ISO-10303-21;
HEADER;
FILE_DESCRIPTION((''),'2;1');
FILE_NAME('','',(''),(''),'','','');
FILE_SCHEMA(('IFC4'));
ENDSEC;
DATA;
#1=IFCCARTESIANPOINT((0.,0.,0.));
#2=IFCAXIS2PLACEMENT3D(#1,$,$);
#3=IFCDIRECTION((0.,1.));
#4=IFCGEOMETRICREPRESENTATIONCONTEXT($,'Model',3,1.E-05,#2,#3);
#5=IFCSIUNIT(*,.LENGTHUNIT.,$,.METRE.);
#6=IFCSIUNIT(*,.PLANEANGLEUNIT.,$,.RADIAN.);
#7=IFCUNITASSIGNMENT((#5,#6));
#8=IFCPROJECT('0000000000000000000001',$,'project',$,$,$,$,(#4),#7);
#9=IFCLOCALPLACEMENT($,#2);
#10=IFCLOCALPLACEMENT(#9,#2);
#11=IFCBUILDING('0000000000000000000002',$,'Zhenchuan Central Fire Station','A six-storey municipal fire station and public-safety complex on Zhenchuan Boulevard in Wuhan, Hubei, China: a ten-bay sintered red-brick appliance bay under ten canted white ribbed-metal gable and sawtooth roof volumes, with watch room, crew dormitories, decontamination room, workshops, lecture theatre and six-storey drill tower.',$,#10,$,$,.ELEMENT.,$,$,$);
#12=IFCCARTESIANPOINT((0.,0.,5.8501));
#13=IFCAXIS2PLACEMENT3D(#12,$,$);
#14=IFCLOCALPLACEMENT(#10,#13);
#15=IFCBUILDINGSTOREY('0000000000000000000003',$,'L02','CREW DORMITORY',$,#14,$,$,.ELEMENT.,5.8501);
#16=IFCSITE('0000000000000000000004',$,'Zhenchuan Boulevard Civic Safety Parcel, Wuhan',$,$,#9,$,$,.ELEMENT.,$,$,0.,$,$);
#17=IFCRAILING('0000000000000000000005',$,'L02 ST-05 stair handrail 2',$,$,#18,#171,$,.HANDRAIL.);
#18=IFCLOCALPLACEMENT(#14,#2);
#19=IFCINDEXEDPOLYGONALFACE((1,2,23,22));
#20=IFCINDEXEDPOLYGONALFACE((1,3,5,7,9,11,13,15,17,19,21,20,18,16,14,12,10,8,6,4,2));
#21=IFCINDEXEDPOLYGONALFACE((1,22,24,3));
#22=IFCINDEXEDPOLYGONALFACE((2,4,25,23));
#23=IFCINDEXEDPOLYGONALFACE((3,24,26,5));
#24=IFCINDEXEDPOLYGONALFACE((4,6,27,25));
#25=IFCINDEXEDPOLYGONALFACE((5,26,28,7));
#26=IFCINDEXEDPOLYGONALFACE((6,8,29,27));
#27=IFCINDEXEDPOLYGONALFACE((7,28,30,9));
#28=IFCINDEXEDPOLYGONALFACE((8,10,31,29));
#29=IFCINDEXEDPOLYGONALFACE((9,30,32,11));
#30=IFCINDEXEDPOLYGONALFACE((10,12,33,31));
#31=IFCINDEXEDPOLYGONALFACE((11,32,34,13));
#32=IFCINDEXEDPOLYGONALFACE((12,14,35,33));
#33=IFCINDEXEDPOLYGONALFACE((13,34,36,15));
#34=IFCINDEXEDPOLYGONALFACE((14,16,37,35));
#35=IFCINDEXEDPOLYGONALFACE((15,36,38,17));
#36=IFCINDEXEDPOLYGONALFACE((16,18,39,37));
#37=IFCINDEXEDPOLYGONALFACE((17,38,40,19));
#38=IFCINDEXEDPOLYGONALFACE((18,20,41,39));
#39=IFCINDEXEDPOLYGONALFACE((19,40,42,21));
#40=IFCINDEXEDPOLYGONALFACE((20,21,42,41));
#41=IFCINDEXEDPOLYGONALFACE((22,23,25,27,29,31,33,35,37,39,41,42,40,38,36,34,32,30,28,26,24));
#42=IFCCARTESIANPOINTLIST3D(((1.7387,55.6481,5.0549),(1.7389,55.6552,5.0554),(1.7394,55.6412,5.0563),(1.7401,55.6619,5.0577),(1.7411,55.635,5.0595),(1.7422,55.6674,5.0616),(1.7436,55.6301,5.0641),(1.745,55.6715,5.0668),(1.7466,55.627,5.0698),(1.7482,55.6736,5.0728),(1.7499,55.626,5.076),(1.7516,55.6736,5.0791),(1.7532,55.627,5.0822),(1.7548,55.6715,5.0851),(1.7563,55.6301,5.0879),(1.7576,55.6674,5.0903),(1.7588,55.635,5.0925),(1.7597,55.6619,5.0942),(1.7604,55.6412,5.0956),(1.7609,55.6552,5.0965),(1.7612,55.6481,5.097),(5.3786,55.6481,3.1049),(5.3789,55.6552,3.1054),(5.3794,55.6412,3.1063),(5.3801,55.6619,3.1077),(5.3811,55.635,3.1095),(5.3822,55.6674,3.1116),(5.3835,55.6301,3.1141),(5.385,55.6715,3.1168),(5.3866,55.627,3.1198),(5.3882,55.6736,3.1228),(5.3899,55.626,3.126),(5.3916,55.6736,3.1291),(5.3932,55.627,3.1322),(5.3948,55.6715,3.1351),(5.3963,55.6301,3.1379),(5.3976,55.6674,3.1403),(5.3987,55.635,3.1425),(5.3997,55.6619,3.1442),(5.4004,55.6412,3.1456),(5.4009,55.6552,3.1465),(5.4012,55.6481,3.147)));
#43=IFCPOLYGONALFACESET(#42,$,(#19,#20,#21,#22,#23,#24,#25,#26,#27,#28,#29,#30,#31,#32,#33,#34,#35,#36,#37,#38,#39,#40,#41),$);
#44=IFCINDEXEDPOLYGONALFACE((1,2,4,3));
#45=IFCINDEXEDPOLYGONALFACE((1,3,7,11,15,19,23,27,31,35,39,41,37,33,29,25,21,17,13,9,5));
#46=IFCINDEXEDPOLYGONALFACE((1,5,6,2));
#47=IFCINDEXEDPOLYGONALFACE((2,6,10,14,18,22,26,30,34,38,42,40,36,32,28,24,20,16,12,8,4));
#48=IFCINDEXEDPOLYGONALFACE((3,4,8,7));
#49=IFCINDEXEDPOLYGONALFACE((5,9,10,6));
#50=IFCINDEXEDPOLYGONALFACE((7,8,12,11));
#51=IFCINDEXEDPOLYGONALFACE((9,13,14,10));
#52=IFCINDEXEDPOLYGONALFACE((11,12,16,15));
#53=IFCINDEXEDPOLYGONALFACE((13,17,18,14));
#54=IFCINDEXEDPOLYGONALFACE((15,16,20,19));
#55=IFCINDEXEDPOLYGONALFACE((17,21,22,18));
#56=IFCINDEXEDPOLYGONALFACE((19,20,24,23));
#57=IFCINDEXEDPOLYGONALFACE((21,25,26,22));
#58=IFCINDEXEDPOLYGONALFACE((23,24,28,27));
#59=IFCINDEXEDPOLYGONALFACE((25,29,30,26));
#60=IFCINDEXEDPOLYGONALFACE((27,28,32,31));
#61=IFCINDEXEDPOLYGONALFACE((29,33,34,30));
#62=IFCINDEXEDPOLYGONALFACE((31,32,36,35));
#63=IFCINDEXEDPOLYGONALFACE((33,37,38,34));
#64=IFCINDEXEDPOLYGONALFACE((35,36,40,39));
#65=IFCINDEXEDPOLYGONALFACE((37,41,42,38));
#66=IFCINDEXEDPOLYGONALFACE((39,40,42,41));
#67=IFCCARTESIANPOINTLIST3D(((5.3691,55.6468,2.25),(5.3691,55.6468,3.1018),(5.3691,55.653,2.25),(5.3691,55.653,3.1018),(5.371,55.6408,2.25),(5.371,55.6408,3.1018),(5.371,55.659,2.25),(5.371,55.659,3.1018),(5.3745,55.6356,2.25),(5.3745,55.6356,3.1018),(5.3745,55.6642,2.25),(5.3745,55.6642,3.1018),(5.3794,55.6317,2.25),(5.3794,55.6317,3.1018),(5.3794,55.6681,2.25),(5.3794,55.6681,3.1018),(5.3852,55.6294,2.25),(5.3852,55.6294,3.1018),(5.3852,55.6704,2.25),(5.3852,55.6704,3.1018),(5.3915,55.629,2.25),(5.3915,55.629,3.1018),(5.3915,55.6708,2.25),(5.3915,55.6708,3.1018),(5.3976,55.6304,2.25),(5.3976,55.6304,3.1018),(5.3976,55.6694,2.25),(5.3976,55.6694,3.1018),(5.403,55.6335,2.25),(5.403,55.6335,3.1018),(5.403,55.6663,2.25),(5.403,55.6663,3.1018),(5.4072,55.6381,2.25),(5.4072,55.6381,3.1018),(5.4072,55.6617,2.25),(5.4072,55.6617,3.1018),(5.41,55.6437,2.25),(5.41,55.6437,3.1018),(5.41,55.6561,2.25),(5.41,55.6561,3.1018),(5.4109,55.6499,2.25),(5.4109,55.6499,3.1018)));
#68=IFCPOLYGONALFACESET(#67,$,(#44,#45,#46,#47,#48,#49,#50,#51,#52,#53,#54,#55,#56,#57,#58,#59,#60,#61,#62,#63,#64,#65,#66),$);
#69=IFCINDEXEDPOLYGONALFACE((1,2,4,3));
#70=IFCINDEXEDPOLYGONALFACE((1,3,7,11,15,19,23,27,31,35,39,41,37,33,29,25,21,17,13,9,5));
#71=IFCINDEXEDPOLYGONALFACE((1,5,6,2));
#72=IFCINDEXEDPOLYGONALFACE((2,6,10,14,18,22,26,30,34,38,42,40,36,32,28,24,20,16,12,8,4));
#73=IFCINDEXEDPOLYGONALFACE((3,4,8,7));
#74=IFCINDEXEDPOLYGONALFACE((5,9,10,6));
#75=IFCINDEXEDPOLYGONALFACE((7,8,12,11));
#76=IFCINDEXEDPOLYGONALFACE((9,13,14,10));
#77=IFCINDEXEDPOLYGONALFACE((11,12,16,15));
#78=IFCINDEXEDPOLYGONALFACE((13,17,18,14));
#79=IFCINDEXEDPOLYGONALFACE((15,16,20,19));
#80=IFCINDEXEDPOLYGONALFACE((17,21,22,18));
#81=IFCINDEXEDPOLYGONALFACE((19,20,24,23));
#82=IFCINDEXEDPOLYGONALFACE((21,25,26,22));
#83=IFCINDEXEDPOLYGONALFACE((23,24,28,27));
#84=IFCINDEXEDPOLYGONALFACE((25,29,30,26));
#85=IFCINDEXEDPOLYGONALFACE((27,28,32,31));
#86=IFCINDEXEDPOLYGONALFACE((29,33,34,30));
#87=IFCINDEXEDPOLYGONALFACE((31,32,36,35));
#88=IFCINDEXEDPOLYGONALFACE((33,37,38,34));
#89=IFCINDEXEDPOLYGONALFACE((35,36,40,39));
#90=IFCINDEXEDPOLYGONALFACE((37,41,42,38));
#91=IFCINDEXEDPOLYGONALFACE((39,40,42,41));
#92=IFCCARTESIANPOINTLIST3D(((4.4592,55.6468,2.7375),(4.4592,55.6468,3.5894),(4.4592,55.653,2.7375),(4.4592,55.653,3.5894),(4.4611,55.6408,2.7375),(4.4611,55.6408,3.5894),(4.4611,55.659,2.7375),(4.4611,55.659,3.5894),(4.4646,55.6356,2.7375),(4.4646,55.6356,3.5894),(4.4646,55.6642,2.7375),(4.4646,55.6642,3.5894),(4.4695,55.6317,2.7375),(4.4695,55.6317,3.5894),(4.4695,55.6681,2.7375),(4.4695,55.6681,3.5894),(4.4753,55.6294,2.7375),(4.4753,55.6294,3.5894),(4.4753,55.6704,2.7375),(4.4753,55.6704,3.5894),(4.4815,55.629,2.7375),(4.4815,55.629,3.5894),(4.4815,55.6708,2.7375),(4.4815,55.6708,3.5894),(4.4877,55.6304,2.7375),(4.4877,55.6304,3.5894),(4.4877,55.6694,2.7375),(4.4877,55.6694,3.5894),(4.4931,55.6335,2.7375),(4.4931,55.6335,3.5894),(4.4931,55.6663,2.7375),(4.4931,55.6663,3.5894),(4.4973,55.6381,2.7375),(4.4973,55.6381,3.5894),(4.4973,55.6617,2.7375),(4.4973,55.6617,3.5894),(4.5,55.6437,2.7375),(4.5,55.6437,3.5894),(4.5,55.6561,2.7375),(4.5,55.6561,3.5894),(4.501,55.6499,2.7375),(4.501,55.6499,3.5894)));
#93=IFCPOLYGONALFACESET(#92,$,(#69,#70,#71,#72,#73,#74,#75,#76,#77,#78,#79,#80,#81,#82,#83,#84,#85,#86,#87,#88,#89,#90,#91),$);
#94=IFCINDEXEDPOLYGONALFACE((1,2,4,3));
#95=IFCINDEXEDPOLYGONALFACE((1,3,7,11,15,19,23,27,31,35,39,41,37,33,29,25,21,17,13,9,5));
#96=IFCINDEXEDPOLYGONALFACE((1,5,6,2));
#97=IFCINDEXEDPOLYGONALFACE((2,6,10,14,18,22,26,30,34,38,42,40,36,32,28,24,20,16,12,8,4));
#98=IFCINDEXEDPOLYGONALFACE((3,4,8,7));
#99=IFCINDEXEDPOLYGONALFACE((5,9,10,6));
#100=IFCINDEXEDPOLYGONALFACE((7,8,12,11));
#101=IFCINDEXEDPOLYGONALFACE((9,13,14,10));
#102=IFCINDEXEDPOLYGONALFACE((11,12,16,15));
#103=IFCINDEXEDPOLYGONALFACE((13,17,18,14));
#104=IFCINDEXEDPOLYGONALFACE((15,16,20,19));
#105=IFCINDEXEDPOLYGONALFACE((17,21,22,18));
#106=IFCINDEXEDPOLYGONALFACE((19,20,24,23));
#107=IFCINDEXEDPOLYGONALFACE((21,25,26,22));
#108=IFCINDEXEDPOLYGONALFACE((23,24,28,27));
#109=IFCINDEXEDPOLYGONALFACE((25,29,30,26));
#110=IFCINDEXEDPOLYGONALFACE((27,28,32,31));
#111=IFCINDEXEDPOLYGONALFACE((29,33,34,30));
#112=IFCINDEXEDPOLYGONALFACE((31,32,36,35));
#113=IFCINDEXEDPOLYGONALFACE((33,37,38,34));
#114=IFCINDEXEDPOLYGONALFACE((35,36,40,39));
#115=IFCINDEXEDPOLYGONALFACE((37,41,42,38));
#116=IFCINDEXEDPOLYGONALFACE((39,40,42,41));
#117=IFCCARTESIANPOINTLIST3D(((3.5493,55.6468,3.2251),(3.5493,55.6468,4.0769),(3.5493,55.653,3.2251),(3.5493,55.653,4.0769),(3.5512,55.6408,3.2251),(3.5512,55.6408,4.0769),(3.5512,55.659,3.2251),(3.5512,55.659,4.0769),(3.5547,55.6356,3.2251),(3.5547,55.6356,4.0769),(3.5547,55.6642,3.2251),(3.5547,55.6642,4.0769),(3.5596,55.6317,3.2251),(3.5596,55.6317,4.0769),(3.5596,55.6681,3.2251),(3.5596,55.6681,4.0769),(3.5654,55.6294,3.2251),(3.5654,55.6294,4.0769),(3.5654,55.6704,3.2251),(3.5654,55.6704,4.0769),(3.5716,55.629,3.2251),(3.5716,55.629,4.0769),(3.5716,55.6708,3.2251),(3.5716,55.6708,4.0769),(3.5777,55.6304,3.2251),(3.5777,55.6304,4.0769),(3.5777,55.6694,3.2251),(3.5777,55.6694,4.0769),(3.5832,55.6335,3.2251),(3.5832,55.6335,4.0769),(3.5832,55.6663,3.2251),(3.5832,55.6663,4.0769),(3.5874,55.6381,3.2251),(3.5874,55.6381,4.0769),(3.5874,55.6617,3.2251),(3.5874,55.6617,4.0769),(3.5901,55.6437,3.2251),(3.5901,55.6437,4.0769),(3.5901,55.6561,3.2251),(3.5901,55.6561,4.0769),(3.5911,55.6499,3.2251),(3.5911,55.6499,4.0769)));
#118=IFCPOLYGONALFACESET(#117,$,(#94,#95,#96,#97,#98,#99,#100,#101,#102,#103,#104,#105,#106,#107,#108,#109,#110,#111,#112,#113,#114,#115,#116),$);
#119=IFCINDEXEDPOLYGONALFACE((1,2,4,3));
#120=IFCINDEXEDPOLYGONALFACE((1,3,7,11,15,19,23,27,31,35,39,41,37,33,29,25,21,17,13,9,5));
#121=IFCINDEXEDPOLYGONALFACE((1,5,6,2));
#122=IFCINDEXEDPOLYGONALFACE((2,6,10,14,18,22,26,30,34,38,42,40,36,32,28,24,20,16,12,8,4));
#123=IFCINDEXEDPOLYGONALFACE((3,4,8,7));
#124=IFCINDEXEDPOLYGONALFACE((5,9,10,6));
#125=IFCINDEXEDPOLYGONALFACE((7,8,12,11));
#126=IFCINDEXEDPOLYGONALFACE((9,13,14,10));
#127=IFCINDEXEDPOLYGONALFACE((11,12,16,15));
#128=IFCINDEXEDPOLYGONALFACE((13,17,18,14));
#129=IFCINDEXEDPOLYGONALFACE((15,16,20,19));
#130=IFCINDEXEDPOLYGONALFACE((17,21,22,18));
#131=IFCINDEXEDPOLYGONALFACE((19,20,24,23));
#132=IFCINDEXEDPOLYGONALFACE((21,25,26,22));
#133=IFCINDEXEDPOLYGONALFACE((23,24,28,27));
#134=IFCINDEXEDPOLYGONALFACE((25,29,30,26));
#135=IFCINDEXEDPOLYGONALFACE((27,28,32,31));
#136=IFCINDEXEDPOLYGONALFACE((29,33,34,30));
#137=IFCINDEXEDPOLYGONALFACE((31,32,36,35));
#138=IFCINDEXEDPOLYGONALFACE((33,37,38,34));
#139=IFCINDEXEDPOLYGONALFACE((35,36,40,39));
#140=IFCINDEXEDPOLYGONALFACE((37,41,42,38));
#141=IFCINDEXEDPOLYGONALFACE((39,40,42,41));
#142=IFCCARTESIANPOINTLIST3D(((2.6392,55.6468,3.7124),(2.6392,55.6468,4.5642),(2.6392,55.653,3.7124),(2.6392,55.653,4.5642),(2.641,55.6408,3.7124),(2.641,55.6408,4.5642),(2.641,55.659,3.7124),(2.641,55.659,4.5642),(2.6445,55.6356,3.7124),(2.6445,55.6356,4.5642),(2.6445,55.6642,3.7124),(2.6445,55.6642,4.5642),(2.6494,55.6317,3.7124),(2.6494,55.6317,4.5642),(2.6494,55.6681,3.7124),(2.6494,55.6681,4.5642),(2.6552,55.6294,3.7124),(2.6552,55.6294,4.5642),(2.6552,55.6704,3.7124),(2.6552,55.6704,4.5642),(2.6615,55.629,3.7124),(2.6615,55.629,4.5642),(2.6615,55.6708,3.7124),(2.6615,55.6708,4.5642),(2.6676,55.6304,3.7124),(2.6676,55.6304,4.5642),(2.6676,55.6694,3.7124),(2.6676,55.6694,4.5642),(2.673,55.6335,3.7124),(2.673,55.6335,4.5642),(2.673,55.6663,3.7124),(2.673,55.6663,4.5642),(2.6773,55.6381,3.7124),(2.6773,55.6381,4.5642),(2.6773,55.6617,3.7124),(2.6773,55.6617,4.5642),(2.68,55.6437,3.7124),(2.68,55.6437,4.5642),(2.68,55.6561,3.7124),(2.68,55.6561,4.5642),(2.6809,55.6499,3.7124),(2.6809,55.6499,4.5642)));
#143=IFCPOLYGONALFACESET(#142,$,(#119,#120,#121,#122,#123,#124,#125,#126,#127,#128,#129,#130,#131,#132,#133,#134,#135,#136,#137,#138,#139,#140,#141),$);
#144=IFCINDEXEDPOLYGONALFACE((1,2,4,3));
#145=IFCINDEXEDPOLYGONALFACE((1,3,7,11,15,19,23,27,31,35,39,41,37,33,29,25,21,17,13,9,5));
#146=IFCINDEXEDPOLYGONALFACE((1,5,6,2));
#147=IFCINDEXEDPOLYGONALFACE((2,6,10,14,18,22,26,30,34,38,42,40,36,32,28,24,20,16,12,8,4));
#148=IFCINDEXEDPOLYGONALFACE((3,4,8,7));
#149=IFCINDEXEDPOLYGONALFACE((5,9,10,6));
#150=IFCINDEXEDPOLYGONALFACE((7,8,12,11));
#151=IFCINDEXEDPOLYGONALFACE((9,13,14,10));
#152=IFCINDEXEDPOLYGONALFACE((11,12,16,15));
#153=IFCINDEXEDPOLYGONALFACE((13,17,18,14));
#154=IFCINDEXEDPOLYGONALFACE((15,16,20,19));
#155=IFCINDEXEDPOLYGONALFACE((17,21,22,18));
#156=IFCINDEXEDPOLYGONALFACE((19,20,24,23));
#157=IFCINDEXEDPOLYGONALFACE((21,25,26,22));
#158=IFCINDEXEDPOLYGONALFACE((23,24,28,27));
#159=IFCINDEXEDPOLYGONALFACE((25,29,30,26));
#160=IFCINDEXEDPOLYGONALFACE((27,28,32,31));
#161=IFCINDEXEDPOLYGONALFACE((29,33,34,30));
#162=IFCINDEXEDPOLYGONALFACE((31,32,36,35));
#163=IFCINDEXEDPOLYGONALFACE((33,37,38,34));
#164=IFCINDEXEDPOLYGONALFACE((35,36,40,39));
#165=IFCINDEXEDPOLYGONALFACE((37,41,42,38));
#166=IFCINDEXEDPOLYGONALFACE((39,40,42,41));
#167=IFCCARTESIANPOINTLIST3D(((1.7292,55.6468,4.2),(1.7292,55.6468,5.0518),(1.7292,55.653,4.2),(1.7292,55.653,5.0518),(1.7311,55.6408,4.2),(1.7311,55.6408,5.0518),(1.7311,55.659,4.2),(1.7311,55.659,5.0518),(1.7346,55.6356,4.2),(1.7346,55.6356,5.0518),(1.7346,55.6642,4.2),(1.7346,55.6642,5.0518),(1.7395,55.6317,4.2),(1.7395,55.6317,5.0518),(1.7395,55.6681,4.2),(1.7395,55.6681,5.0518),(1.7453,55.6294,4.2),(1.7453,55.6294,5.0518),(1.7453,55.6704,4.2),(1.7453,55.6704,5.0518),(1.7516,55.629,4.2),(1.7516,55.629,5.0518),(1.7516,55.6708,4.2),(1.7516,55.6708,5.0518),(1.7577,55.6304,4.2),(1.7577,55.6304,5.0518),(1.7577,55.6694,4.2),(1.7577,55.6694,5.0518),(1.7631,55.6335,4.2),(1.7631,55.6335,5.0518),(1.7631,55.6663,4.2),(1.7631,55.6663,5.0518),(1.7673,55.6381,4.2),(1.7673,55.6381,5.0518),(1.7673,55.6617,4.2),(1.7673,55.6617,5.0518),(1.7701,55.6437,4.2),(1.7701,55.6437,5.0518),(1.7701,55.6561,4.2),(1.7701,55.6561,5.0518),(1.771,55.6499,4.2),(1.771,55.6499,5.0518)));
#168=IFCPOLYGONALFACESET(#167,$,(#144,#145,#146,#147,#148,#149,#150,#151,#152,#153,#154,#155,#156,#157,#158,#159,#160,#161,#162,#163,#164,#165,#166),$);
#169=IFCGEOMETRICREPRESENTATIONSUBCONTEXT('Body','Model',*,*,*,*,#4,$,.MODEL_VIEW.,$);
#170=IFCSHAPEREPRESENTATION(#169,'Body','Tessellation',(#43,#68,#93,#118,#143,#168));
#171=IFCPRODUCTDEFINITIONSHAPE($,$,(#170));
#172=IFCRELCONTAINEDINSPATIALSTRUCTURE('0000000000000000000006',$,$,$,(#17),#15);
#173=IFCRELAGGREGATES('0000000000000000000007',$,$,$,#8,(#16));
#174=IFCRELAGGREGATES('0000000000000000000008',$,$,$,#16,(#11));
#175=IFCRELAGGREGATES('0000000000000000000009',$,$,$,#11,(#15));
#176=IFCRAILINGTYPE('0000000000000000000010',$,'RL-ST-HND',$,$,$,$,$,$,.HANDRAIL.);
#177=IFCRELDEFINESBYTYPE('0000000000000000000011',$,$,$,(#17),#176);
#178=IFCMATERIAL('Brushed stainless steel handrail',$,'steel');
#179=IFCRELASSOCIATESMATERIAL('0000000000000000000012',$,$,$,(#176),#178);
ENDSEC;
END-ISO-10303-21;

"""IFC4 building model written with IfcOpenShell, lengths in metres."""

from ifc_helpers import new_model, si_unit, direction, frame, origin, origin_2d, place, context, subcontext, project, spatial, circle, extrude, material, type_object, element, save


model = new_model("IFC4")

# Units and contexts
model_context = context("Model", 3, precision=1e-05, world=origin(), true_north=direction((0.0, 1.0)))
body_context = subcontext(model_context, "Body", "Model", "MODEL_VIEW")
ifc_project = project(units=[si_unit("LENGTHUNIT", "METRE"), si_unit("PLANEANGLEUNIT", "RADIAN")], contexts=[model_context])

# Site, building, storey
site_placement = place(None, origin())
site = spatial("IfcSite", under=ifc_project, at=site_placement, Name="Zhenchuan Boulevard Civic Safety Parcel, Wuhan", CompositionType="ELEMENT", RefElevation=0.0)
building_placement = place(site_placement, origin())
building = spatial("IfcBuilding", under=site, at=building_placement, Name="Zhenchuan Central Fire Station", Description="A six-storey municipal fire station and public-safety complex on Zhenchuan Boulevard in Wuhan, Hubei, China: a ten-bay sintered red-brick appliance bay under ten canted white ribbed-metal gable and sawtooth roof volumes, with watch room, crew dormitories, decontamination room, workshops, lecture theatre and six-storey drill tower.", CompositionType="ELEMENT")
storey_placement = place(building_placement, frame((0.0, 0.0, 5.8501)))
storey = spatial("IfcBuildingStorey", under=building, at=storey_placement, Name="L02", Description="CREW DORMITORY", CompositionType="ELEMENT", Elevation=5.8501)

# Railing
ifc_material_1 = material(Name="Brushed stainless steel handrail", Category="steel")
railing_type_1 = type_object("IfcRailingType", Name="RL-ST-HND", PredefinedType="HANDRAIL", material=ifc_material_1)
railing_1_placement = place(storey_placement, frame((5.3899, 55.6499, 2.25)))
element("IfcRailing", 1, at=railing_1_placement, inside=storey, type_object=railing_type_1, Name="L02 ST-05 stair handrail 2", PredefinedType="HANDRAIL", context=body_context, shape_type="SweptSolid", body=[
    extrude(circle(Radius=0.0239, at=origin_2d()), frame((0.0, 0.0, 0.876), z_axis=(-0.881479, 0.0, 0.472223), x_axis=(0.0, -1.0, 0.0)), (0.0, 0.0, 1.0), 4.1294),
    extrude(circle(Radius=0.021, at=origin_2d()), origin(), (0.0, 0.0, 1.0), 0.8518),
    extrude(circle(Radius=0.021, at=origin_2d()), frame((-0.9099, 0.0, 0.4875)), (0.0, 0.0, 1.0), 0.8518),
    extrude(circle(Radius=0.021, at=origin_2d()), frame((-1.8198, 0.0, 0.9751)), (0.0, 0.0, 1.0), 0.8518),
    extrude(circle(Radius=0.021, at=origin_2d()), frame((-2.73, 0.0, 1.4624)), (0.0, 0.0, 1.0), 0.8518),
    extrude(circle(Radius=0.021, at=origin_2d()), frame((-3.6399, 0.0, 1.95)), (0.0, 0.0, 1.0), 0.8518),
])

save(model, "model.ifc")
